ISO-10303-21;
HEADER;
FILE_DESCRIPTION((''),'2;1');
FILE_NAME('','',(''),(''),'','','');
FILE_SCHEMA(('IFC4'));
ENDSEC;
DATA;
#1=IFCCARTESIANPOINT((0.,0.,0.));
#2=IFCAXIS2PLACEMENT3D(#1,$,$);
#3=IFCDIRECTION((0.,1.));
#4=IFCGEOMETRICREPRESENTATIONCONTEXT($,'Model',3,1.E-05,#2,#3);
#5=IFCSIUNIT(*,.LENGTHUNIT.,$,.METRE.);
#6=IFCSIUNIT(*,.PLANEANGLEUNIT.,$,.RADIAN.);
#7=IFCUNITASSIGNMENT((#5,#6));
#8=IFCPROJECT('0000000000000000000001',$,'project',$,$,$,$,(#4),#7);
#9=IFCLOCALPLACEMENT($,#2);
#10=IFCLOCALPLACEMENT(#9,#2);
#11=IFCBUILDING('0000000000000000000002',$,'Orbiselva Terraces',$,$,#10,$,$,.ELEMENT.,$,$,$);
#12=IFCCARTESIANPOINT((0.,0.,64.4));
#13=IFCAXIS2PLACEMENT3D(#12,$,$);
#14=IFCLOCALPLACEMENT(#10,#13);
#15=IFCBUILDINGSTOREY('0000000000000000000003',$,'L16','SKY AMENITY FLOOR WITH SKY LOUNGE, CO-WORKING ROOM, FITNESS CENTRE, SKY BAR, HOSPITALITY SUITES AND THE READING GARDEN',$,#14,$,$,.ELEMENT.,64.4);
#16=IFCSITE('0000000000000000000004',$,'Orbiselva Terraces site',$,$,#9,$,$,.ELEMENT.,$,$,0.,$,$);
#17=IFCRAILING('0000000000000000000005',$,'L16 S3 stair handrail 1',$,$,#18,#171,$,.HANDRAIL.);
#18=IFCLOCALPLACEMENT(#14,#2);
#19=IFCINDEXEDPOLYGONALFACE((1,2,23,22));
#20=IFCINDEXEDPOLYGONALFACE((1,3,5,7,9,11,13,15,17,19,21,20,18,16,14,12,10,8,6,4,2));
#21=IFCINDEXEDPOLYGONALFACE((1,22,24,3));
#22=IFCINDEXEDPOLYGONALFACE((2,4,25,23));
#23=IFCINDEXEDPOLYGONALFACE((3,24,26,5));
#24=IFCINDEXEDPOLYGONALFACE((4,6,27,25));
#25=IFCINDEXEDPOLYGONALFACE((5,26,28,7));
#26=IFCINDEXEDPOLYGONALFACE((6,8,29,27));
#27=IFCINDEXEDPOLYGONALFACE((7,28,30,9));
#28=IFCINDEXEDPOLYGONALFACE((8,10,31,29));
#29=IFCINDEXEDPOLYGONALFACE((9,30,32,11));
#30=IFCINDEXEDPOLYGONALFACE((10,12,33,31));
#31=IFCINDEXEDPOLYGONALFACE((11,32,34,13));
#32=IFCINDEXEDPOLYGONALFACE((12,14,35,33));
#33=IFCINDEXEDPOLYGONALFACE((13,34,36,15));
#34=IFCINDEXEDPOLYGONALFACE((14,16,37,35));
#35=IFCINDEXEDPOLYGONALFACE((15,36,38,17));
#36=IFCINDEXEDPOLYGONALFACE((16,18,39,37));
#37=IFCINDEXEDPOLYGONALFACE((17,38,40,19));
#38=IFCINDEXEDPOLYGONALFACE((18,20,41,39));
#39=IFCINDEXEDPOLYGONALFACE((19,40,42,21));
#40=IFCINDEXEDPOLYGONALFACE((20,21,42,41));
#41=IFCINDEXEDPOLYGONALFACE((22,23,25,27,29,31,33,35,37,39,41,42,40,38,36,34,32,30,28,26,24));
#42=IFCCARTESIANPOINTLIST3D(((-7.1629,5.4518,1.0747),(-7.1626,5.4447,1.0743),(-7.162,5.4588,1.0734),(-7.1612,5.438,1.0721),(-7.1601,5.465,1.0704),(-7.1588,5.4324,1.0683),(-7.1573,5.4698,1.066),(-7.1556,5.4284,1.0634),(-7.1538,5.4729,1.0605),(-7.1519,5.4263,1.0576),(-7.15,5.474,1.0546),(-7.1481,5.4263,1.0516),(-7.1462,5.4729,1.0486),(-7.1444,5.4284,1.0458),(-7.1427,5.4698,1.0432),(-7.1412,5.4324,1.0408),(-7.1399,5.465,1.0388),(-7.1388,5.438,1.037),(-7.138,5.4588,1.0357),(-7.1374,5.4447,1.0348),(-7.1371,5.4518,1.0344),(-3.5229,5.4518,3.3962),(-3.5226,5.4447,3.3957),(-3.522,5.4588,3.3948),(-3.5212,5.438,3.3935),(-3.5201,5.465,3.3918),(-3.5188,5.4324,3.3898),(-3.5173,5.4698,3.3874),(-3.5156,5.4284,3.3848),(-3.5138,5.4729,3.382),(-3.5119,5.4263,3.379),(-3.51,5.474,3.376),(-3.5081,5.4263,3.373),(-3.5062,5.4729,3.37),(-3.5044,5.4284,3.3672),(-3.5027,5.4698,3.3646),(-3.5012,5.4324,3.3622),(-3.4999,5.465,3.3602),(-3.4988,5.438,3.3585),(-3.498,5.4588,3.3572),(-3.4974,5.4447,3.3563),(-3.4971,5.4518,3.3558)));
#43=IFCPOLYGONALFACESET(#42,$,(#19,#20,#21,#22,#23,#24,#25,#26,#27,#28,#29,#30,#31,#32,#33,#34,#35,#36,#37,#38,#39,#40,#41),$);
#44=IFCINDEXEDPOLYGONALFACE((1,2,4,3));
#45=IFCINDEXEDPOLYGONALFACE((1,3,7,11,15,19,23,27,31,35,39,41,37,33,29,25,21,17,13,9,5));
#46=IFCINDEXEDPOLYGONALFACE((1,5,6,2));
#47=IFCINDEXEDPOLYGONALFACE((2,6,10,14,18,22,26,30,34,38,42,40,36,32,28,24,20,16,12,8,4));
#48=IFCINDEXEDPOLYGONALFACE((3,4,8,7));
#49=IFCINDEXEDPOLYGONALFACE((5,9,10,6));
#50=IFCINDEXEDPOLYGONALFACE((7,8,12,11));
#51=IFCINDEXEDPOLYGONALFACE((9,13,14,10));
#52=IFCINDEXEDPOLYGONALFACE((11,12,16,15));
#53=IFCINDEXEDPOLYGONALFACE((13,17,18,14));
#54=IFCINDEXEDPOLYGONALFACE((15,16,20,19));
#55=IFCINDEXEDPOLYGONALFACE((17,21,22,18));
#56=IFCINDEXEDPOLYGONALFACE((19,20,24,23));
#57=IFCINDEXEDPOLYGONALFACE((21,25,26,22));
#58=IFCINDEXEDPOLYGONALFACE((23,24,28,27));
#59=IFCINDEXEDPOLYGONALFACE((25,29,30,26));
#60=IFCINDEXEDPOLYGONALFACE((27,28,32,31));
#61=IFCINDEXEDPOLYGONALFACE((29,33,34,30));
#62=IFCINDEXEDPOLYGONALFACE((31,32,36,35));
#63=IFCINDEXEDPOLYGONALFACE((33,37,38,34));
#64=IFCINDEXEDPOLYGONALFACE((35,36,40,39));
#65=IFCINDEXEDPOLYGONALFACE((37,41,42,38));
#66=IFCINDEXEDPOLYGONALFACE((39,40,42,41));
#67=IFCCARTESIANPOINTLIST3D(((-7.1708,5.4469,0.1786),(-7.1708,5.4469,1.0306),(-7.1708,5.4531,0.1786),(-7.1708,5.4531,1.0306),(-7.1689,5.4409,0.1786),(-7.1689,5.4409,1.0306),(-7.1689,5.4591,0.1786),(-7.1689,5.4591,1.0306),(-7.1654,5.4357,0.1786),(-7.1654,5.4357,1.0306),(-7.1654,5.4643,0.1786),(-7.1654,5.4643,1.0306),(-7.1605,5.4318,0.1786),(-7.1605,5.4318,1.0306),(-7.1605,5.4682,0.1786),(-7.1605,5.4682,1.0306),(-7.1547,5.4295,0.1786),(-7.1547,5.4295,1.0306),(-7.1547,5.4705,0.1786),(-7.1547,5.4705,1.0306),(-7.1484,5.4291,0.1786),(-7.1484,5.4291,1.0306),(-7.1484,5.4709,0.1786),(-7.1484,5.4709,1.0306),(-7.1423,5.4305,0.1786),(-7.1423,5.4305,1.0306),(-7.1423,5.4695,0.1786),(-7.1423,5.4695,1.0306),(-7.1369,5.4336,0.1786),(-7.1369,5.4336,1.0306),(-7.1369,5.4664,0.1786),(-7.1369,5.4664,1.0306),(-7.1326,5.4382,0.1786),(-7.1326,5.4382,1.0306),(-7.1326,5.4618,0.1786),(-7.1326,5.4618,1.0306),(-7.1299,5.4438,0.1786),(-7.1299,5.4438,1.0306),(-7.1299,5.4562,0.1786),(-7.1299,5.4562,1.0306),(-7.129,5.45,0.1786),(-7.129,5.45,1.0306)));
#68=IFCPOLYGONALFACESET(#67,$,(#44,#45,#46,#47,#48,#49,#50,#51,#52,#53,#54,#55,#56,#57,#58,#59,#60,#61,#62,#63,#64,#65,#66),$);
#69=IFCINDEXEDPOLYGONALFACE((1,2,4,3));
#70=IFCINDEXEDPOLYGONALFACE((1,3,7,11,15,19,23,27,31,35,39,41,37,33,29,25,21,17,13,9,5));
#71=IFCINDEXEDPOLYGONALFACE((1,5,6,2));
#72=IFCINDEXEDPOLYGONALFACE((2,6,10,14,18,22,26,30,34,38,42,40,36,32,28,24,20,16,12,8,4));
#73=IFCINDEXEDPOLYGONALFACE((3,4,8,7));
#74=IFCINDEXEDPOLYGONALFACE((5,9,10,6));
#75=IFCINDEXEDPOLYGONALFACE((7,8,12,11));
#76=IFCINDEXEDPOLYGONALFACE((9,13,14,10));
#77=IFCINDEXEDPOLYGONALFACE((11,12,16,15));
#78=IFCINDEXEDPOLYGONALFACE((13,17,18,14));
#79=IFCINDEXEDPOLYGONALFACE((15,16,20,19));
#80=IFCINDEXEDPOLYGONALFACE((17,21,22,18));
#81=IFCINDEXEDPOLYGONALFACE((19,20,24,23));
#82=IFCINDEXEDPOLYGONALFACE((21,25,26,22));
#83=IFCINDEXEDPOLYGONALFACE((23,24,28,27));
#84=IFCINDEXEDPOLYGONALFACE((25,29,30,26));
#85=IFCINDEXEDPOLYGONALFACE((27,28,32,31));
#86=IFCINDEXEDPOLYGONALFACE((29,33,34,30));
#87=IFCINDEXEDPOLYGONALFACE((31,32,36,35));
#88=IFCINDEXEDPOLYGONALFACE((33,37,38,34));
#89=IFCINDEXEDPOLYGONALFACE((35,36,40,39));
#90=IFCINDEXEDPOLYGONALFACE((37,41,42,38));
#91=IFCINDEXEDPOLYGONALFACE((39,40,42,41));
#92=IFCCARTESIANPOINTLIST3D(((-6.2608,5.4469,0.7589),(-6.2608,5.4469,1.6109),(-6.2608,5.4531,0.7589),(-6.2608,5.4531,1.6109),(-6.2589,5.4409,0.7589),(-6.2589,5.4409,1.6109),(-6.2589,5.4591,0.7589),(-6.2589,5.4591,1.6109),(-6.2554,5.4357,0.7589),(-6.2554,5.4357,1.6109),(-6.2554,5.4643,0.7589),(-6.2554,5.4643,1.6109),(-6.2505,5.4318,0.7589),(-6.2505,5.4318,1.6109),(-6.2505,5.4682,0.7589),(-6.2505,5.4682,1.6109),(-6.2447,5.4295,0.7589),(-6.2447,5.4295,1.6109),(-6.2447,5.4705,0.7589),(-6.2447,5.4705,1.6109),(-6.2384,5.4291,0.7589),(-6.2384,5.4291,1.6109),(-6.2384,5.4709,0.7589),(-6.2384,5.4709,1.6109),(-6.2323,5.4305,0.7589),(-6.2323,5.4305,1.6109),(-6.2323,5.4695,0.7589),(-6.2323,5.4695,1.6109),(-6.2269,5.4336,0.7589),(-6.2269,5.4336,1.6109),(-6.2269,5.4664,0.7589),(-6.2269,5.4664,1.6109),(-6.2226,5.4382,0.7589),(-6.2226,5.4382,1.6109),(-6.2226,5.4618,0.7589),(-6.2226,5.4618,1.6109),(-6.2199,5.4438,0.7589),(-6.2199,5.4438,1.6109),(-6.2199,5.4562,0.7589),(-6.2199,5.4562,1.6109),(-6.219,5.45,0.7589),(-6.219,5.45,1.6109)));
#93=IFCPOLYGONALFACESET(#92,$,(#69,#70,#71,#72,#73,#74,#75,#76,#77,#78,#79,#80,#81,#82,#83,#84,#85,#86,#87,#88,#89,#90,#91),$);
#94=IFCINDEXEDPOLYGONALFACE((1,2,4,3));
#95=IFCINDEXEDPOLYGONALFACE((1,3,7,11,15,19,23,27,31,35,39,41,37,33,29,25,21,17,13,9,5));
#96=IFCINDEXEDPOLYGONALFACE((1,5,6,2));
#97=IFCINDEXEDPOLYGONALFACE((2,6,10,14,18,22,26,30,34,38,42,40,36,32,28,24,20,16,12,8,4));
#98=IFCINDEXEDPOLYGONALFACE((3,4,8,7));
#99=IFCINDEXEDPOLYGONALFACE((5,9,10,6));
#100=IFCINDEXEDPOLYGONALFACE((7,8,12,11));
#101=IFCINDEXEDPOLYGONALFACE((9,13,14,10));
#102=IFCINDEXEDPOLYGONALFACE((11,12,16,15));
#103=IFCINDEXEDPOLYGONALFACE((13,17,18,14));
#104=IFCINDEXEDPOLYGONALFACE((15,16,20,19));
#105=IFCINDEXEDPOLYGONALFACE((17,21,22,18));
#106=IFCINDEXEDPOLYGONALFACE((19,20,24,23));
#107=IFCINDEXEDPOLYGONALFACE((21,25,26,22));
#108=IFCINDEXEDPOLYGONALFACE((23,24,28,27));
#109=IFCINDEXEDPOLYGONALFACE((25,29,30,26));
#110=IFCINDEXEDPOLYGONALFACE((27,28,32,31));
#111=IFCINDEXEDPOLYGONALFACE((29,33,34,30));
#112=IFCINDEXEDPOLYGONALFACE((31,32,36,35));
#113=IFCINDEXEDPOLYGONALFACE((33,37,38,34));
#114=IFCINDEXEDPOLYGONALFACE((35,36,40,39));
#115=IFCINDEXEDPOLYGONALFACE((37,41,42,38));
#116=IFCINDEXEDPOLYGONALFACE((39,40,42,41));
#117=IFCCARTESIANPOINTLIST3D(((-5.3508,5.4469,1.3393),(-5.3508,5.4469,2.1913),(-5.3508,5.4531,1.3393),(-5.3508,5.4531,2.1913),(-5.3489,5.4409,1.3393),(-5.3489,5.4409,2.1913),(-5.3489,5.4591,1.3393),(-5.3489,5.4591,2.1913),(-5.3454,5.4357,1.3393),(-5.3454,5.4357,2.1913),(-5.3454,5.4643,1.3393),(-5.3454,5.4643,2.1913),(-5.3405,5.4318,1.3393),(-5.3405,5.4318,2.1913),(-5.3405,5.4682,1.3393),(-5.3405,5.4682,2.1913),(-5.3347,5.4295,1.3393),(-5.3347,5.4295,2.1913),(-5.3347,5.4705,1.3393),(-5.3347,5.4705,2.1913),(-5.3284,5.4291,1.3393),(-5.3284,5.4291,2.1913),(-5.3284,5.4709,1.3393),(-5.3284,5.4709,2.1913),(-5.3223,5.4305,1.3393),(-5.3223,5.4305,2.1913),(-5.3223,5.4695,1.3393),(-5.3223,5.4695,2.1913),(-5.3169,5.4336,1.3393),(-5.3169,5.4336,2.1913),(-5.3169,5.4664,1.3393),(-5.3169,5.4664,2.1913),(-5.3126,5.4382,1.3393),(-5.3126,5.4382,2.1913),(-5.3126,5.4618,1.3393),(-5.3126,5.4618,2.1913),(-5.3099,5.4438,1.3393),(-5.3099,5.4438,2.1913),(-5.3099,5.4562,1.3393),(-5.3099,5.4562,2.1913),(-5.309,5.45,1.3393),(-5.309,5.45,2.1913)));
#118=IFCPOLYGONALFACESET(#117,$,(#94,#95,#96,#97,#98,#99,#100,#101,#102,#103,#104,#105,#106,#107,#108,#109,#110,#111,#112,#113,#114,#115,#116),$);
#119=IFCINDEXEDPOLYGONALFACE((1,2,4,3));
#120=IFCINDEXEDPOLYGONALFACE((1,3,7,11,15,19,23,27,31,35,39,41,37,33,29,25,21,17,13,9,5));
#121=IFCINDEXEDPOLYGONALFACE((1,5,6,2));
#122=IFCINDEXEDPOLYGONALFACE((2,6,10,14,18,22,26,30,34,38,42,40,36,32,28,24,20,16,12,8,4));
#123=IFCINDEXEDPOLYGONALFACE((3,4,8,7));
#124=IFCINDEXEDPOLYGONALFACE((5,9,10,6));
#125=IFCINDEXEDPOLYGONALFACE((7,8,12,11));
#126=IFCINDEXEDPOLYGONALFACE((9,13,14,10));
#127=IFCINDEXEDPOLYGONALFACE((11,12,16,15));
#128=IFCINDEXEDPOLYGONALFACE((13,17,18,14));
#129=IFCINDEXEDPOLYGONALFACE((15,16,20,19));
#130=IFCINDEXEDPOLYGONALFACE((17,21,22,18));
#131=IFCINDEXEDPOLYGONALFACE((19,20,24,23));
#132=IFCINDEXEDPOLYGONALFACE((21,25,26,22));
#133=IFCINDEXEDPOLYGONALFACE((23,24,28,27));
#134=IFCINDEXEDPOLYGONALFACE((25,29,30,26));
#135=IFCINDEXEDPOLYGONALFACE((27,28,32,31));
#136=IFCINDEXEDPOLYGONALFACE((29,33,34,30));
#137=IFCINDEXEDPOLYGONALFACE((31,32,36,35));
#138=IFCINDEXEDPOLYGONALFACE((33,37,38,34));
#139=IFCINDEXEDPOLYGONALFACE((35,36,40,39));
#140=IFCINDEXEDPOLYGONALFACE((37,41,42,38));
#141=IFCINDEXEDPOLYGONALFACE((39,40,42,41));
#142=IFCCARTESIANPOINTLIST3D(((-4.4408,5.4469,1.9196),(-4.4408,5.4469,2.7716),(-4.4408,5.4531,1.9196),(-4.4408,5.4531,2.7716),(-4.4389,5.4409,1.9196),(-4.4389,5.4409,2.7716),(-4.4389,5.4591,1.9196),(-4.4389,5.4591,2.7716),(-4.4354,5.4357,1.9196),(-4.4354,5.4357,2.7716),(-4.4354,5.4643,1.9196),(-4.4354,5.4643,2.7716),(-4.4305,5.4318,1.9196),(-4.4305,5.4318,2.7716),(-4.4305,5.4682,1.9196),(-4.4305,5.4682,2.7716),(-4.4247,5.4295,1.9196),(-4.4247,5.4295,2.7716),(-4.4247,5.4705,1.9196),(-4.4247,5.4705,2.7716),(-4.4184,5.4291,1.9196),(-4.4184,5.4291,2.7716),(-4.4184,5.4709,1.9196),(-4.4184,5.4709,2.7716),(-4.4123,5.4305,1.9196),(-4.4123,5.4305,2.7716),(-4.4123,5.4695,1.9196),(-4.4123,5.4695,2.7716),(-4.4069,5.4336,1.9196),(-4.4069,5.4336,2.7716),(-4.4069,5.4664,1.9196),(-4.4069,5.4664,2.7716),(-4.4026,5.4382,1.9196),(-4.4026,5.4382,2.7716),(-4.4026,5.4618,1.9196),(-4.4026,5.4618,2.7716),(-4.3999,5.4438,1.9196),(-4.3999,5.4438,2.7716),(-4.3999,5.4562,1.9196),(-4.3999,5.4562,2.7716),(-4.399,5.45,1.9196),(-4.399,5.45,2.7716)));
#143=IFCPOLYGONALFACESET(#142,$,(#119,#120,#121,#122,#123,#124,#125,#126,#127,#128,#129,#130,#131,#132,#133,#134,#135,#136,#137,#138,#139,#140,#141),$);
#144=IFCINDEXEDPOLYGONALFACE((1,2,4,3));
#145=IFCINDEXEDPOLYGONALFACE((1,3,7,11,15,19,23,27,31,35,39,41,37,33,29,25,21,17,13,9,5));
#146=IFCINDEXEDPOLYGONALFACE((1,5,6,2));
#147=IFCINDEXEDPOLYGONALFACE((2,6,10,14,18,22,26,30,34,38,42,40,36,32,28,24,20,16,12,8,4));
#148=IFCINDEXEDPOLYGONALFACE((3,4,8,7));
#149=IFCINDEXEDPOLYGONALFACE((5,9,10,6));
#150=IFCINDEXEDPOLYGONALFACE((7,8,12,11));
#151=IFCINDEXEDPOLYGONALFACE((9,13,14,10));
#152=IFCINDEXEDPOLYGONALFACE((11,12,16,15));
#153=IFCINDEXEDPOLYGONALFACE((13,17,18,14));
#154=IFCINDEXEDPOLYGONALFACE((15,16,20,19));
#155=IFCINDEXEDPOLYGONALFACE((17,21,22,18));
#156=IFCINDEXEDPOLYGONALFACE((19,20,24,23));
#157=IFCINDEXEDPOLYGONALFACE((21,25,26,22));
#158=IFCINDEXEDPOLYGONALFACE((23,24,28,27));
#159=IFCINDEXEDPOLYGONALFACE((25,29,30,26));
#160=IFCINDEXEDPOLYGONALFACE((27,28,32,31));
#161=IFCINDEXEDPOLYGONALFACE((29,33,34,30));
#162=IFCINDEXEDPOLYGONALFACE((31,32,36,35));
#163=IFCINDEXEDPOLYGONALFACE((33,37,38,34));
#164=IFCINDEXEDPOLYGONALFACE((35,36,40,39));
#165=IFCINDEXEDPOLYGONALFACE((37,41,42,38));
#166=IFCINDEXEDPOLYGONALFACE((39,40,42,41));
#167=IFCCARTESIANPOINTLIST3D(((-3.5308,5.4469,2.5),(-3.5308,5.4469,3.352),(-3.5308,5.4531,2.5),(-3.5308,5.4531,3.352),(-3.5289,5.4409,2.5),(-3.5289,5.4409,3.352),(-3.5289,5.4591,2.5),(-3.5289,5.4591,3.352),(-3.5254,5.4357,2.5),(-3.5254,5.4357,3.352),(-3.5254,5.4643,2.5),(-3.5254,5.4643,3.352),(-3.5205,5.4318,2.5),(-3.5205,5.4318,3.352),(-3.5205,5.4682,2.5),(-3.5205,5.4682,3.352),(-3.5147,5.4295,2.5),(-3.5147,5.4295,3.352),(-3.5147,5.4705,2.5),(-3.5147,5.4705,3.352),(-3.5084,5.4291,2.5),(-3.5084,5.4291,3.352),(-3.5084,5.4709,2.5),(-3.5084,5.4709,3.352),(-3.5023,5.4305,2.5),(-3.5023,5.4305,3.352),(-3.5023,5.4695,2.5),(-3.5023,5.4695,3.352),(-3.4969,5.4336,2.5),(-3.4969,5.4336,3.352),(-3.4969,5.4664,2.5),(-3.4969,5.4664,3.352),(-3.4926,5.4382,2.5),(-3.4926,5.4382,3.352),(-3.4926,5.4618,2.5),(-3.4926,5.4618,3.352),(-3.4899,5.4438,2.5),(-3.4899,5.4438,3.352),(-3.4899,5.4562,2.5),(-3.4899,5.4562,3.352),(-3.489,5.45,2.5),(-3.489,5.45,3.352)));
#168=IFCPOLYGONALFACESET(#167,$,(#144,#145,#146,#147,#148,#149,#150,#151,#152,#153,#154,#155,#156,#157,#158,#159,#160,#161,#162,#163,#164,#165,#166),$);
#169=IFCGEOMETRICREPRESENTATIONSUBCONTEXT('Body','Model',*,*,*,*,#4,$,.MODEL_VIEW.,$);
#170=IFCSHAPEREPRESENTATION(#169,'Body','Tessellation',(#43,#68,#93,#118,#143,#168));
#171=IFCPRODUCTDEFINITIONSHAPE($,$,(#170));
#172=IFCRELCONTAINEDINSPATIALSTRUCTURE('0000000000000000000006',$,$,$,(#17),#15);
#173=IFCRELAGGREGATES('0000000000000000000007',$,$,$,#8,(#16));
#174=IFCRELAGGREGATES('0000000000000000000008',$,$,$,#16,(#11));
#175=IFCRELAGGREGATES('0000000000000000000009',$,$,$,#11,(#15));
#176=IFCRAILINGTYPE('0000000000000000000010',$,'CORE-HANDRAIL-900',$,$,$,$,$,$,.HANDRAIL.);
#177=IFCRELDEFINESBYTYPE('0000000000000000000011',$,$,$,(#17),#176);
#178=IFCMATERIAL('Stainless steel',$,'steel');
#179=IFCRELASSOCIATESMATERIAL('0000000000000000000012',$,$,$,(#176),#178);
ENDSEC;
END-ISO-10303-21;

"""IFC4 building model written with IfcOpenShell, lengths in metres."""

from ifc_helpers import new_model, si_unit, direction, frame, origin, origin_2d, place, context, subcontext, project, spatial, circle, extrude, material, type_object, element, save


model = new_model("IFC4")

# Units and contexts
model_context = context("Model", 3, precision=1e-05, world=origin(), true_north=direction((0.0, 1.0)))
body_context = subcontext(model_context, "Body", "Model", "MODEL_VIEW")
ifc_project = project(units=[si_unit("LENGTHUNIT", "METRE"), si_unit("PLANEANGLEUNIT", "RADIAN")], contexts=[model_context])

# Site, building, storey
site_placement = place(None, origin())
site = spatial("IfcSite", under=ifc_project, at=site_placement, Name="Orbiselva Terraces site", CompositionType="ELEMENT", RefElevation=0.0)
building_placement = place(site_placement, origin())
building = spatial("IfcBuilding", under=site, at=building_placement, Name="Orbiselva Terraces", CompositionType="ELEMENT")
storey_placement = place(building_placement, frame((0.0, 0.0, 64.4)))
storey = spatial("IfcBuildingStorey", under=building, at=storey_placement, Name="L16", Description="SKY AMENITY FLOOR WITH SKY LOUNGE, CO-WORKING ROOM, FITNESS CENTRE, SKY BAR, HOSPITALITY SUITES AND THE READING GARDEN", CompositionType="ELEMENT", Elevation=64.4)

# Railing
ifc_material_1 = material(Name="Stainless steel", Category="steel")
railing_type_1 = type_object("IfcRailingType", Name="CORE-HANDRAIL-900", PredefinedType="HANDRAIL", material=ifc_material_1)
railing_1_placement = place(storey_placement, frame((-7.15, 5.45, 0.1786)))
element("IfcRailing", 1, at=railing_1_placement, inside=storey, type_object=railing_type_1, Name="L16 S3 stair handrail 1", PredefinedType="HANDRAIL", context=body_context, shape_type="SweptSolid", body=[
    extrude(circle(Radius=0.024, at=origin_2d()), frame((0.0, 0.0, 0.876), z_axis=(0.84313, 0.0, 0.53771), x_axis=(0.0, 1.0, 0.0)), (0.0, 0.0, 1.0), 4.3172),
    extrude(circle(Radius=0.021, at=origin_2d()), origin(), (0.0, 0.0, 1.0), 0.852),
    extrude(circle(Radius=0.021, at=origin_2d()), frame((0.91, 0.0, 0.5804)), (0.0, 0.0, 1.0), 0.852),
    extrude(circle(Radius=0.021, at=origin_2d()), frame((1.82, 0.0, 1.1607)), (0.0, 0.0, 1.0), 0.852),
    extrude(circle(Radius=0.021, at=origin_2d()), frame((2.73, 0.0, 1.7411)), (0.0, 0.0, 1.0), 0.852),
    extrude(circle(Radius=0.021, at=origin_2d()), frame((3.64, 0.0, 2.3214)), (0.0, 0.0, 1.0), 0.852),
])

save(model, "model.ifc")
